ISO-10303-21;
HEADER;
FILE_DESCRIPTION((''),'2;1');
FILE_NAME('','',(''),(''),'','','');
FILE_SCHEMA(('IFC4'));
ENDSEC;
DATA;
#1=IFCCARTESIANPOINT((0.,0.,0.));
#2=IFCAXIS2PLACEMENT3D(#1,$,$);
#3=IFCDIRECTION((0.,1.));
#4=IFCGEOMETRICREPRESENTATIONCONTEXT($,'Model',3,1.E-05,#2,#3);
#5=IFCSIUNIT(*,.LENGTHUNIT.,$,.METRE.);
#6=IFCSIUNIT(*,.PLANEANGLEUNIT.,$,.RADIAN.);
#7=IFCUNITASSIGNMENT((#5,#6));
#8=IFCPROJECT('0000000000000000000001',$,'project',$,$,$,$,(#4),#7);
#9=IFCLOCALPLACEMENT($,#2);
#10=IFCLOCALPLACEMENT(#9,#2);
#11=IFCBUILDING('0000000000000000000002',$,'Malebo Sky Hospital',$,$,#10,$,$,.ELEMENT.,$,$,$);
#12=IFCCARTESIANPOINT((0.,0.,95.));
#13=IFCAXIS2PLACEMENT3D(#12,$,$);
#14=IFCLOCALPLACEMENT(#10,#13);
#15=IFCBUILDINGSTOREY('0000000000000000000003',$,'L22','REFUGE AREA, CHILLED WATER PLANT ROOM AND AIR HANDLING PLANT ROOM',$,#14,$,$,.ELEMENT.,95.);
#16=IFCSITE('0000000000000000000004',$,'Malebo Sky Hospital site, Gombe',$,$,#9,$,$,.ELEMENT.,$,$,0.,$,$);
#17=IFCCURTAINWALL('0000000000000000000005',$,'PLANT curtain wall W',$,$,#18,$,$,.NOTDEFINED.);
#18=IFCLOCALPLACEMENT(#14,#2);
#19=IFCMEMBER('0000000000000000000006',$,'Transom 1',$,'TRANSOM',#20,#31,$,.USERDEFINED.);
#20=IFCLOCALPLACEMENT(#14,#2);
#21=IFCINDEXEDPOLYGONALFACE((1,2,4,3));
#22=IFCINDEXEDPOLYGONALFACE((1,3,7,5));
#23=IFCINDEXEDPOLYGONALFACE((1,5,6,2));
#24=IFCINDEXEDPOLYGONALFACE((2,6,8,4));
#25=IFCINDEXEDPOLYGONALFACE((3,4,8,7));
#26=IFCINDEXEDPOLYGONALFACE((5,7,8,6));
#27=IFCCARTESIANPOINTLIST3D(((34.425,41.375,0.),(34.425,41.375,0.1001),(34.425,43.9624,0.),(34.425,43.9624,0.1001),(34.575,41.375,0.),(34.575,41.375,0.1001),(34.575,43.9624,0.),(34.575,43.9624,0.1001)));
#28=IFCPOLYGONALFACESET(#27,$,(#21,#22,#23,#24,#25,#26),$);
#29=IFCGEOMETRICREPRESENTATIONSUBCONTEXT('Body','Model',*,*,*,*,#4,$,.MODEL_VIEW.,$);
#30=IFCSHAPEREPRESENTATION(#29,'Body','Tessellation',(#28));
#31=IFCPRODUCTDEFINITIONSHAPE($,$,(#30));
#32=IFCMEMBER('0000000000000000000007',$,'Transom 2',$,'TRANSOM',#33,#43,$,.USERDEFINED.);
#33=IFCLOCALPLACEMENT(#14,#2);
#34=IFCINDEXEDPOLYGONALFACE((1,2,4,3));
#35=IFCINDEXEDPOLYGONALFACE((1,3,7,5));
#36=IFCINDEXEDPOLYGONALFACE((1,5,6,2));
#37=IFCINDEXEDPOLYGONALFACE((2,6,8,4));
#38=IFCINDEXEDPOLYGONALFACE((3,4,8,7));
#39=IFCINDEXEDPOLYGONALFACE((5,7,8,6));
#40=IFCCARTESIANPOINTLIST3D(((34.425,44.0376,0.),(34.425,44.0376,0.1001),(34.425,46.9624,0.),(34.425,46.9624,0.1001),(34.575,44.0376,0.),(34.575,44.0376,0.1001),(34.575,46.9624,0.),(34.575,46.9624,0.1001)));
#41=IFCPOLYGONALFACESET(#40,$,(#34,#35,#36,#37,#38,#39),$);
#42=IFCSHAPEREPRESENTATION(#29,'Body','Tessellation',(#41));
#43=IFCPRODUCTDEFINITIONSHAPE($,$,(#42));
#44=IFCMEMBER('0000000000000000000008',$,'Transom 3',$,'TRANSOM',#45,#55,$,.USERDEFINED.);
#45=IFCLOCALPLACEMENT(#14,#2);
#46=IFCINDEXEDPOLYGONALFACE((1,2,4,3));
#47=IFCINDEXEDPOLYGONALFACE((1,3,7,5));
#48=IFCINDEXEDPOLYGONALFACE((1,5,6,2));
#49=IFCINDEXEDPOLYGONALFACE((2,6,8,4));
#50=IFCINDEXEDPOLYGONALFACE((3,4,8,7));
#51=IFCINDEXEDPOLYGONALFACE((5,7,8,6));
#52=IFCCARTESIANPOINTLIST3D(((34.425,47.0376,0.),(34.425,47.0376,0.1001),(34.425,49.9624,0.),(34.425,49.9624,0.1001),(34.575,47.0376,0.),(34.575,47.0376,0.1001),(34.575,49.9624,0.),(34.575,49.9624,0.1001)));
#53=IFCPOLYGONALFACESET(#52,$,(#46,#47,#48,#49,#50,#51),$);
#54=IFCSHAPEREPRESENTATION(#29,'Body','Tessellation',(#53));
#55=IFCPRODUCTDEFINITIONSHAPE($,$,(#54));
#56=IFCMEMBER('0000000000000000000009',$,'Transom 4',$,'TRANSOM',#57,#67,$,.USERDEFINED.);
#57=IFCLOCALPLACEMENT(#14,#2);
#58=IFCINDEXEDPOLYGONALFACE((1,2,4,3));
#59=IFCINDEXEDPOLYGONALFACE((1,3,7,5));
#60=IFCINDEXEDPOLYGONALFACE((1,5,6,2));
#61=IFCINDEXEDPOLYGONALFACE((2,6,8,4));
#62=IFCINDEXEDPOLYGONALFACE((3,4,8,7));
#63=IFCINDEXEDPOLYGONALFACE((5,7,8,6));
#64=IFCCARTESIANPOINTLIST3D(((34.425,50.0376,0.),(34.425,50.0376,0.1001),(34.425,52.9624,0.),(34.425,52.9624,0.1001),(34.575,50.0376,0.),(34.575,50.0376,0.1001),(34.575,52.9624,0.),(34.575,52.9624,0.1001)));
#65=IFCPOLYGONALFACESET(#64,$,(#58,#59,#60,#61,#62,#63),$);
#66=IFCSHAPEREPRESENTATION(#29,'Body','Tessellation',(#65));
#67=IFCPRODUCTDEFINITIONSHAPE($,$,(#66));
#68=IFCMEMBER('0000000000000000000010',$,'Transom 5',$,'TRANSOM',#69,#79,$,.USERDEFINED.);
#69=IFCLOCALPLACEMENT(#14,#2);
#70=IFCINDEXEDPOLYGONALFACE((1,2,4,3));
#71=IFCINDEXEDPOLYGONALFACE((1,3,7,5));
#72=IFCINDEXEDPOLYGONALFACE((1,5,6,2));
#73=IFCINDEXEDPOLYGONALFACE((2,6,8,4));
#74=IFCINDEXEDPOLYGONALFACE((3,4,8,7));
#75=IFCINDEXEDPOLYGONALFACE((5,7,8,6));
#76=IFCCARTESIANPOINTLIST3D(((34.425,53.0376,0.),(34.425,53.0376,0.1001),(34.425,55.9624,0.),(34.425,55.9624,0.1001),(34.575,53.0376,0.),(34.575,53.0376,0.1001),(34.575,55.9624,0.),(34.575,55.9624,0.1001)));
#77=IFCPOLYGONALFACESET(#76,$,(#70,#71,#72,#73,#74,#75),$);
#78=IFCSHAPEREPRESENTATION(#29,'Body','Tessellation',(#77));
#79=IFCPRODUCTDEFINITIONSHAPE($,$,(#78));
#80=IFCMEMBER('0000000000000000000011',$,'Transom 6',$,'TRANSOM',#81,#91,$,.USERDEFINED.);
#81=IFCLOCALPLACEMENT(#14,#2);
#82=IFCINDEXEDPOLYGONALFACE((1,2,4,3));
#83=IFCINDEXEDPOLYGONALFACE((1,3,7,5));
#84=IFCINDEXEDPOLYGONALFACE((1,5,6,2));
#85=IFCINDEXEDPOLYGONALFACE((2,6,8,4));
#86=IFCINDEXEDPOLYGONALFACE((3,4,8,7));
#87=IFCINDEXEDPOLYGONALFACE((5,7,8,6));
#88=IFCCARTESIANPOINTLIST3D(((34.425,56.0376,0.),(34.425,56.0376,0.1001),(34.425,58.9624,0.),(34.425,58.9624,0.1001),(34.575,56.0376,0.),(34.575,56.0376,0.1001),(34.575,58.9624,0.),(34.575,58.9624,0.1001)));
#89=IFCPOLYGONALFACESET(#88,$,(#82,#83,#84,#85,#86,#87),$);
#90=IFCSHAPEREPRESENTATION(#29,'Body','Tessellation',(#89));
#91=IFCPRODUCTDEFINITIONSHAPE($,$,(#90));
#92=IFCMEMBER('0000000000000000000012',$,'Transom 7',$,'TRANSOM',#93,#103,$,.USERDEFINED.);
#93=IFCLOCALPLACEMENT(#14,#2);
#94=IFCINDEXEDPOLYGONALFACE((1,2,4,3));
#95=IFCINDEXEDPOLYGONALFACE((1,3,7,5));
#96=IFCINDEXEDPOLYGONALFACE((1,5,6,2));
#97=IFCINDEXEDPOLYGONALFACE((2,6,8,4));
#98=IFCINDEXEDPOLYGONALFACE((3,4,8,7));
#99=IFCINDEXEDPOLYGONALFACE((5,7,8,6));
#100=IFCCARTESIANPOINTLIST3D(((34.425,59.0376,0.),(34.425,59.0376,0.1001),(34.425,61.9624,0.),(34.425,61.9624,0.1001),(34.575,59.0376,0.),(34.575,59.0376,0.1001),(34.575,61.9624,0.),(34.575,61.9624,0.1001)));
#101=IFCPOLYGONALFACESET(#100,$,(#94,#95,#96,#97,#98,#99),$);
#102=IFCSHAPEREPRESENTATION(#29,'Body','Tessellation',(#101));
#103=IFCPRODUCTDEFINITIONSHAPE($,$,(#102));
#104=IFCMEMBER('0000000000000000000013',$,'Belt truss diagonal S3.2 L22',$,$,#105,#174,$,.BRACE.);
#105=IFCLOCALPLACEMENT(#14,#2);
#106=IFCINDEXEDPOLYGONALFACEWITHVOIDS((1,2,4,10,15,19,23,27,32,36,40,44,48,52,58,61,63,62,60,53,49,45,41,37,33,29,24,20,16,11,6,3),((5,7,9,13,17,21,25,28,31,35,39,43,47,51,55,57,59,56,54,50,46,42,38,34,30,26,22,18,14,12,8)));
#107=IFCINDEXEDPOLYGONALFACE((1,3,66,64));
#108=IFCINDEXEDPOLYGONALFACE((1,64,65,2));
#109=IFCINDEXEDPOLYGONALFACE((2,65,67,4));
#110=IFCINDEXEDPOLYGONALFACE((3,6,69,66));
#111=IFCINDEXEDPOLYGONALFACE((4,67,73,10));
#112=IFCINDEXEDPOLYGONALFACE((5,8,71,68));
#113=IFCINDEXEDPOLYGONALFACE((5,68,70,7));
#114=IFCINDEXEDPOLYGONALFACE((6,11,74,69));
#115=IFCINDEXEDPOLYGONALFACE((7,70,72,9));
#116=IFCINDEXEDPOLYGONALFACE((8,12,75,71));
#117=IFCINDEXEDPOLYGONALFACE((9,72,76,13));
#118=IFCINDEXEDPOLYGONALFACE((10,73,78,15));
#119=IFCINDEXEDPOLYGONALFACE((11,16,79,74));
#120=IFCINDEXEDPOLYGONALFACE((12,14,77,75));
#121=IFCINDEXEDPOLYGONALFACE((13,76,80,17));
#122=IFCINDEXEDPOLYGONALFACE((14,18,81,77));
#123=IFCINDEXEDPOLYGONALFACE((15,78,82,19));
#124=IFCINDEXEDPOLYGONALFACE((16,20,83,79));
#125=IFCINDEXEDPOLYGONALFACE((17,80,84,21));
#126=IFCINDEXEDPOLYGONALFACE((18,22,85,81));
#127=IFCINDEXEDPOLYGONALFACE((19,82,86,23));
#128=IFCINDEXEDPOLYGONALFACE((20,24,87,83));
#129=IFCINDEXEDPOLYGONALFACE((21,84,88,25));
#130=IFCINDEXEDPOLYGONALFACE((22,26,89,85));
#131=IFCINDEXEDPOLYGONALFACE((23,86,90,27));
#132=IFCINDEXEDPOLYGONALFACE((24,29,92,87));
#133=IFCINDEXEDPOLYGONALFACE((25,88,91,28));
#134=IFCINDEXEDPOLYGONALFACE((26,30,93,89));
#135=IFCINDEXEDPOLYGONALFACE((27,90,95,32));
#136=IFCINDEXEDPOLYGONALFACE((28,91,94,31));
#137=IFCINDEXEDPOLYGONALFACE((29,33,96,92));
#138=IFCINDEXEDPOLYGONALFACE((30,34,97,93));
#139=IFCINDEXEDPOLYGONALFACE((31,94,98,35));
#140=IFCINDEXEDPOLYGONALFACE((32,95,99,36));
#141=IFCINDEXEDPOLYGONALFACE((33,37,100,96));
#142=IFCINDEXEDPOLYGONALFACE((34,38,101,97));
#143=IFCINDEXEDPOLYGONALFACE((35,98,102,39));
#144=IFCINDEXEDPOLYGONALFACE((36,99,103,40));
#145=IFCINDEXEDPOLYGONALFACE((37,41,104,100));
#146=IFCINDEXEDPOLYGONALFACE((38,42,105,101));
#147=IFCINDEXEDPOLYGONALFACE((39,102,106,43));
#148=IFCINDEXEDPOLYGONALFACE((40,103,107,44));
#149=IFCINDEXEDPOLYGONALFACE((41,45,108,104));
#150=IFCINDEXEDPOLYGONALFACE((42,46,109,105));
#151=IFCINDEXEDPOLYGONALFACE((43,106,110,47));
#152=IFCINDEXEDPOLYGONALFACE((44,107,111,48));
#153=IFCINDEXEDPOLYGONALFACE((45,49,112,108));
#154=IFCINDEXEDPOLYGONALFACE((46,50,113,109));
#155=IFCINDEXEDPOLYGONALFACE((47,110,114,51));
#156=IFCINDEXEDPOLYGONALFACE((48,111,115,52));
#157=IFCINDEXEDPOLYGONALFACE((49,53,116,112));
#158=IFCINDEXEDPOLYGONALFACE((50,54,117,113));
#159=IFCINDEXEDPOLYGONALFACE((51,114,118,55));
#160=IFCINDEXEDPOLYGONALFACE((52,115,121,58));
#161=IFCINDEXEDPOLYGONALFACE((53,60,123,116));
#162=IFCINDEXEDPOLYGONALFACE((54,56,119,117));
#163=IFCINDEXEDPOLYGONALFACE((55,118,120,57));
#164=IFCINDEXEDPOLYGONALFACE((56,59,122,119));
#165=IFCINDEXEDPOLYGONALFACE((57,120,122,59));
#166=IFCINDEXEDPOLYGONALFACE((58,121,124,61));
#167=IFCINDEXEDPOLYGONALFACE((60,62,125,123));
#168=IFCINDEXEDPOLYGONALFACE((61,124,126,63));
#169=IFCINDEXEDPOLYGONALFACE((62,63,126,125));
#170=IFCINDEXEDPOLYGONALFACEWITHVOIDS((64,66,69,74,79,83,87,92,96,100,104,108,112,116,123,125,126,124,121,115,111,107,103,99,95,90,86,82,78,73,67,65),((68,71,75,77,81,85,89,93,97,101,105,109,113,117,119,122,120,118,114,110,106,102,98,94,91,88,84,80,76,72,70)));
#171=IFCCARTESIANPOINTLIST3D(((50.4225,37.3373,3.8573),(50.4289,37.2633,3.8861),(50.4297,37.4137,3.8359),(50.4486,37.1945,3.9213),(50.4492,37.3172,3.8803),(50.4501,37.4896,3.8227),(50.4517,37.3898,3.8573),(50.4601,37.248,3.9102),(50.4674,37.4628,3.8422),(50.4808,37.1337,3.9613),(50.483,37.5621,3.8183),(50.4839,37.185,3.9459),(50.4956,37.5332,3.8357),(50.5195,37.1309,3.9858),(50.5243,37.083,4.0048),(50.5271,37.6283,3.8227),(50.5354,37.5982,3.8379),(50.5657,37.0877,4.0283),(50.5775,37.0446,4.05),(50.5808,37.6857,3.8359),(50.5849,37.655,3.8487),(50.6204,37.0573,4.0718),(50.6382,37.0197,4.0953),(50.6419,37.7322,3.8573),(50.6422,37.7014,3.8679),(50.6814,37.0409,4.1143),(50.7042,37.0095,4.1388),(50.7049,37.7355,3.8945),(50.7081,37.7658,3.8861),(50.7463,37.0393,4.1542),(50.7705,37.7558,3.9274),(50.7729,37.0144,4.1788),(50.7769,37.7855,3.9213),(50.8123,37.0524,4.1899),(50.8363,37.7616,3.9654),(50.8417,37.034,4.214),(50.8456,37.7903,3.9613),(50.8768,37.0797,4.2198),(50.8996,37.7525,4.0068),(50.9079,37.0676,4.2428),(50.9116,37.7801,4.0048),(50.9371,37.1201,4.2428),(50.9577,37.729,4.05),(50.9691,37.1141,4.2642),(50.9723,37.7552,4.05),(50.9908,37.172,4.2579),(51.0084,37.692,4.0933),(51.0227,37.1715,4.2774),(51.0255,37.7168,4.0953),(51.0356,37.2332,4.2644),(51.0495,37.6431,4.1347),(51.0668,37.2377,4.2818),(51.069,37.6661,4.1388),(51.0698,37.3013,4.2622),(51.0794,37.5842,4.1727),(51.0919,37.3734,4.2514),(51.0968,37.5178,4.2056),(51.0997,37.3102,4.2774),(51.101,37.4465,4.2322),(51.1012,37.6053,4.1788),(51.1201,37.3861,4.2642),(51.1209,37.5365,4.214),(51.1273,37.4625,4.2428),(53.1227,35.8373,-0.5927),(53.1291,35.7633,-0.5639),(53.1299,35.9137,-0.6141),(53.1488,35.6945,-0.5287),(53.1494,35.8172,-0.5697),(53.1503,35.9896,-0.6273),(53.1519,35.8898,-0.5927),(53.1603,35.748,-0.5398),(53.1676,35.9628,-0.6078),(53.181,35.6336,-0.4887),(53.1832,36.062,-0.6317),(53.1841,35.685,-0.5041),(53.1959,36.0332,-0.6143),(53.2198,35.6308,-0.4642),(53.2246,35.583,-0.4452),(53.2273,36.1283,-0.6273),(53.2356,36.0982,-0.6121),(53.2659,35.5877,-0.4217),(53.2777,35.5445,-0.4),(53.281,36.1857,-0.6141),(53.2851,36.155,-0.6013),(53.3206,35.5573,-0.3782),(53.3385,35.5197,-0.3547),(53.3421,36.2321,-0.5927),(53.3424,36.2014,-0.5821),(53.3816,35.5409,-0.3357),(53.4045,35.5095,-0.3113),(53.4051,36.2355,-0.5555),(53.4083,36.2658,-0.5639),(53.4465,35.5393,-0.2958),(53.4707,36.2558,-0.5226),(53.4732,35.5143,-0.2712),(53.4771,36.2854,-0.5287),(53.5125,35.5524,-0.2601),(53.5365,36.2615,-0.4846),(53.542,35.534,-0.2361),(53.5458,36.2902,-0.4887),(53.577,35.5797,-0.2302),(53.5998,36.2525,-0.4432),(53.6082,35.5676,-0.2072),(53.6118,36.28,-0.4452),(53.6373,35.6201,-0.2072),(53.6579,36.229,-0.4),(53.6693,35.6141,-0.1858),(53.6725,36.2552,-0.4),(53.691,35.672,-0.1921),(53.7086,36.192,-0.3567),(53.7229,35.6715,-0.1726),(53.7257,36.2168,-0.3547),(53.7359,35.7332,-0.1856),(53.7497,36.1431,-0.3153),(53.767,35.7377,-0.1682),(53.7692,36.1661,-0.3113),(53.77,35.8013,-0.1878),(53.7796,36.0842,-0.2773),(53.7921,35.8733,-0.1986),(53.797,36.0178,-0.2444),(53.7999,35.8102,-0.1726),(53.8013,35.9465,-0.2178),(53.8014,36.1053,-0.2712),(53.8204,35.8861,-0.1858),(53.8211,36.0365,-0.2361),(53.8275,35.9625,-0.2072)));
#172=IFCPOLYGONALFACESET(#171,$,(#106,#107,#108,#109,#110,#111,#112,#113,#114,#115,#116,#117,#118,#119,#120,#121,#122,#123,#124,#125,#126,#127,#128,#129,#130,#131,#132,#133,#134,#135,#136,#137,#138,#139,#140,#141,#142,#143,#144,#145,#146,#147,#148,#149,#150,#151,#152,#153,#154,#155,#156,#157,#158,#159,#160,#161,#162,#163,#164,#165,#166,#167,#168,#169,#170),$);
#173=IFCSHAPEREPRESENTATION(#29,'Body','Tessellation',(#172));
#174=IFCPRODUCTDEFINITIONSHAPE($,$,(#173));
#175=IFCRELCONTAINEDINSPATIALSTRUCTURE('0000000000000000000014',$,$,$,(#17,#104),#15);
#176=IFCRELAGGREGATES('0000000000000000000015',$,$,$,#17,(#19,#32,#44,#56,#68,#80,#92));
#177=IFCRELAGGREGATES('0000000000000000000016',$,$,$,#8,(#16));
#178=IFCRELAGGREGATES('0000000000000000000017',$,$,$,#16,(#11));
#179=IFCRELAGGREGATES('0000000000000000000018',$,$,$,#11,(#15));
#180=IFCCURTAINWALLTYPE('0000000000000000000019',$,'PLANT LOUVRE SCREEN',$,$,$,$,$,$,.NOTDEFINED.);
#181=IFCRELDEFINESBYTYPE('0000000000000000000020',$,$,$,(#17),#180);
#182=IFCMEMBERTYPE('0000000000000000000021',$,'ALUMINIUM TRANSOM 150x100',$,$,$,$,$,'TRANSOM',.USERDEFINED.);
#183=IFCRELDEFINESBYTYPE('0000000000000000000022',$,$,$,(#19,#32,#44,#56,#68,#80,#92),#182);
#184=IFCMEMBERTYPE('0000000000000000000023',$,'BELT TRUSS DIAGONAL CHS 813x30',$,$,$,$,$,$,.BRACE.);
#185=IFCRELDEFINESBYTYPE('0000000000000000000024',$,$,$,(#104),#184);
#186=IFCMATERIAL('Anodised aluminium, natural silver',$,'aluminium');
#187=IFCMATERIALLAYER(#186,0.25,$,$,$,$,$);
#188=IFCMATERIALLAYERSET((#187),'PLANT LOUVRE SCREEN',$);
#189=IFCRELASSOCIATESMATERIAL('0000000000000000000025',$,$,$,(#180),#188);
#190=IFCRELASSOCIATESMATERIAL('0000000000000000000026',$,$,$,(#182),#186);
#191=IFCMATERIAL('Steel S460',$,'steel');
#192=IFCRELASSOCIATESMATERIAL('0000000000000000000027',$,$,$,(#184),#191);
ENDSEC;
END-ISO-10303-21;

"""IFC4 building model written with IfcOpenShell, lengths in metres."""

from ifc_helpers import new_model, si_unit, direction, frame, origin, origin_2d, place, context, subcontext, project, spatial, rectangle, hollow_circle, extrude, material, layer, layer_set, material_profile, profile_set, type_object, element, aggregate, save


model = new_model("IFC4")

# Units and contexts
model_context = context("Model", 3, precision=1e-05, world=origin(), true_north=direction((0.0, 1.0)))
body_context = subcontext(model_context, "Body", "Model", "MODEL_VIEW")
ifc_project = project(units=[si_unit("LENGTHUNIT", "METRE"), si_unit("PLANEANGLEUNIT", "RADIAN")], contexts=[model_context])

# Site, building, storey
site_placement = place(None, origin())
site = spatial("IfcSite", under=ifc_project, at=site_placement, Name="Malebo Sky Hospital site, Gombe", CompositionType="ELEMENT", RefElevation=0.0)
building_placement = place(site_placement, origin())
building = spatial("IfcBuilding", under=site, at=building_placement, Name="Malebo Sky Hospital", CompositionType="ELEMENT")
storey_placement = place(building_placement, frame((0.0, 0.0, 95.0)))
storey = spatial("IfcBuildingStorey", under=building, at=storey_placement, Name="L22", Description="REFUGE AREA, CHILLED WATER PLANT ROOM AND AIR HANDLING PLANT ROOM", CompositionType="ELEMENT", Elevation=95.0)

# Curtain wall, members
ifc_material_1 = material(Name="Anodised aluminium, natural silver", Category="aluminium")
ifc_layer_1 = layer(ifc_material_1, 0.25)
ifc_layer_set_1 = layer_set([ifc_layer_1], Name="PLANT LOUVRE SCREEN")
curtain_wall_type = type_object("IfcCurtainWallType", Name="PLANT LOUVRE SCREEN", PredefinedType="NOTDEFINED", material=ifc_layer_set_1)
curtain_wall_placement = place(storey_placement, origin())
curtain_wall = element("IfcCurtainWall", 1, at=curtain_wall_placement, inside=storey, type_object=curtain_wall_type, Name="PLANT curtain wall W", PredefinedType="NOTDEFINED")
ifc_material_profile_1 = material_profile(ifc_material_1, rectangle(XDim=0.1499, YDim=0.1001, at=origin_2d()), Name="ALUMINIUM TRANSOM 150x100")
ifc_profile_set_1 = profile_set([ifc_material_profile_1], Name="Anodised aluminium, natural silver")
member_type_1 = type_object("IfcMemberType", Name="ALUMINIUM TRANSOM 150x100", ElementType="TRANSOM", PredefinedType="USERDEFINED", material=ifc_profile_set_1)
member_1_placement = place(storey_placement, frame((34.5, 41.375, 0.05), z_axis=(0.0, 1.0, 0.0), x_axis=(-1.0, 0.0, 0.0)))
member_1 = element("IfcMember", 2, at=member_1_placement, type_object=member_type_1, Name="Transom 1", ObjectType="TRANSOM", PredefinedType="USERDEFINED", context=body_context, shape_type="SweptSolid", body=[
    extrude(rectangle(XDim=0.1499, YDim=0.1001, at=origin_2d()), origin(), (0.0, 0.0, 1.0), 2.5874),
])
member_2_placement = place(storey_placement, frame((34.5, 44.0376, 0.05), z_axis=(0.0, 1.0, 0.0), x_axis=(-1.0, 0.0, 0.0)))
member_2 = element("IfcMember", 3, at=member_2_placement, type_object=member_type_1, Name="Transom 2", ObjectType="TRANSOM", PredefinedType="USERDEFINED", context=body_context, shape_type="SweptSolid", body=[
    extrude(rectangle(XDim=0.1499, YDim=0.1001, at=origin_2d()), origin(), (0.0, 0.0, 1.0), 2.9248),
])
member_3_placement = place(storey_placement, frame((34.5, 47.0376, 0.05), z_axis=(0.0, 1.0, 0.0), x_axis=(-1.0, 0.0, 0.0)))
member_3 = element("IfcMember", 4, at=member_3_placement, type_object=member_type_1, Name="Transom 3", ObjectType="TRANSOM", PredefinedType="USERDEFINED", context=body_context, shape_type="SweptSolid", body=[
    extrude(rectangle(XDim=0.1499, YDim=0.1001, at=origin_2d()), origin(), (0.0, 0.0, 1.0), 2.9248),
])
member_4_placement = place(storey_placement, frame((34.5, 50.0376, 0.05), z_axis=(0.0, 1.0, 0.0), x_axis=(-1.0, 0.0, 0.0)))
member_4 = element("IfcMember", 5, at=member_4_placement, type_object=member_type_1, Name="Transom 4", ObjectType="TRANSOM", PredefinedType="USERDEFINED", context=body_context, shape_type="SweptSolid", body=[
    extrude(rectangle(XDim=0.1499, YDim=0.1001, at=origin_2d()), origin(), (0.0, 0.0, 1.0), 2.9248),
])
member_5_placement = place(storey_placement, frame((34.5, 53.0376, 0.05), z_axis=(0.0, 1.0, 0.0), x_axis=(-1.0, 0.0, 0.0)))
member_5 = element("IfcMember", 6, at=member_5_placement, type_object=member_type_1, Name="Transom 5", ObjectType="TRANSOM", PredefinedType="USERDEFINED", context=body_context, shape_type="SweptSolid", body=[
    extrude(rectangle(XDim=0.1499, YDim=0.1001, at=origin_2d()), origin(), (0.0, 0.0, 1.0), 2.9248),
])
member_6_placement = place(storey_placement, frame((34.5, 56.0376, 0.05), z_axis=(0.0, 1.0, 0.0), x_axis=(-1.0, 0.0, 0.0)))
member_6 = element("IfcMember", 7, at=member_6_placement, type_object=member_type_1, Name="Transom 6", ObjectType="TRANSOM", PredefinedType="USERDEFINED", context=body_context, shape_type="SweptSolid", body=[
    extrude(rectangle(XDim=0.1499, YDim=0.1001, at=origin_2d()), origin(), (0.0, 0.0, 1.0), 2.9248),
])
member_7_placement = place(storey_placement, frame((34.5, 59.0376, 0.05), z_axis=(0.0, 1.0, 0.0), x_axis=(-1.0, 0.0, 0.0)))
member_7 = element("IfcMember", 8, at=member_7_placement, type_object=member_type_1, Name="Transom 7", ObjectType="TRANSOM", PredefinedType="USERDEFINED", context=body_context, shape_type="SweptSolid", body=[
    extrude(rectangle(XDim=0.1499, YDim=0.1001, at=origin_2d()), origin(), (0.0, 0.0, 1.0), 2.9248),
])

# Member
ifc_material_2 = material(Name="Steel S460", Category="steel")
ifc_material_profile_2 = material_profile(ifc_material_2, hollow_circle(Radius=0.4065, WallThickness=0.03, at=origin_2d()), Name="CHS 813x30")
ifc_profile_set_2 = profile_set([ifc_material_profile_2], Name="Steel S460")
member_type_2 = type_object("IfcMemberType", Name="BELT TRUSS DIAGONAL CHS 813x30", PredefinedType="BRACE", material=ifc_profile_set_2)
member_8_placement = place(storey_placement, frame((50.7749, 37.3999, 4.05), z_axis=(0.498473, -0.27691, -0.82149), x_axis=(0.485616, 0.874172, 0.0)))
element("IfcMember", 9, at=member_8_placement, inside=storey, type_object=member_type_2, Name="Belt truss diagonal S3.2 L22", PredefinedType="BRACE", context=body_context, shape_type="SweptSolid", body=[
    extrude(hollow_circle(Radius=0.4065, WallThickness=0.03, at=origin_2d()), origin(), (0.0, 0.0, 1.0), 5.417),
])

aggregate(curtain_wall, [member_1, member_2, member_3, member_4, member_5, member_6, member_7])

save(model, "model.ifc")
